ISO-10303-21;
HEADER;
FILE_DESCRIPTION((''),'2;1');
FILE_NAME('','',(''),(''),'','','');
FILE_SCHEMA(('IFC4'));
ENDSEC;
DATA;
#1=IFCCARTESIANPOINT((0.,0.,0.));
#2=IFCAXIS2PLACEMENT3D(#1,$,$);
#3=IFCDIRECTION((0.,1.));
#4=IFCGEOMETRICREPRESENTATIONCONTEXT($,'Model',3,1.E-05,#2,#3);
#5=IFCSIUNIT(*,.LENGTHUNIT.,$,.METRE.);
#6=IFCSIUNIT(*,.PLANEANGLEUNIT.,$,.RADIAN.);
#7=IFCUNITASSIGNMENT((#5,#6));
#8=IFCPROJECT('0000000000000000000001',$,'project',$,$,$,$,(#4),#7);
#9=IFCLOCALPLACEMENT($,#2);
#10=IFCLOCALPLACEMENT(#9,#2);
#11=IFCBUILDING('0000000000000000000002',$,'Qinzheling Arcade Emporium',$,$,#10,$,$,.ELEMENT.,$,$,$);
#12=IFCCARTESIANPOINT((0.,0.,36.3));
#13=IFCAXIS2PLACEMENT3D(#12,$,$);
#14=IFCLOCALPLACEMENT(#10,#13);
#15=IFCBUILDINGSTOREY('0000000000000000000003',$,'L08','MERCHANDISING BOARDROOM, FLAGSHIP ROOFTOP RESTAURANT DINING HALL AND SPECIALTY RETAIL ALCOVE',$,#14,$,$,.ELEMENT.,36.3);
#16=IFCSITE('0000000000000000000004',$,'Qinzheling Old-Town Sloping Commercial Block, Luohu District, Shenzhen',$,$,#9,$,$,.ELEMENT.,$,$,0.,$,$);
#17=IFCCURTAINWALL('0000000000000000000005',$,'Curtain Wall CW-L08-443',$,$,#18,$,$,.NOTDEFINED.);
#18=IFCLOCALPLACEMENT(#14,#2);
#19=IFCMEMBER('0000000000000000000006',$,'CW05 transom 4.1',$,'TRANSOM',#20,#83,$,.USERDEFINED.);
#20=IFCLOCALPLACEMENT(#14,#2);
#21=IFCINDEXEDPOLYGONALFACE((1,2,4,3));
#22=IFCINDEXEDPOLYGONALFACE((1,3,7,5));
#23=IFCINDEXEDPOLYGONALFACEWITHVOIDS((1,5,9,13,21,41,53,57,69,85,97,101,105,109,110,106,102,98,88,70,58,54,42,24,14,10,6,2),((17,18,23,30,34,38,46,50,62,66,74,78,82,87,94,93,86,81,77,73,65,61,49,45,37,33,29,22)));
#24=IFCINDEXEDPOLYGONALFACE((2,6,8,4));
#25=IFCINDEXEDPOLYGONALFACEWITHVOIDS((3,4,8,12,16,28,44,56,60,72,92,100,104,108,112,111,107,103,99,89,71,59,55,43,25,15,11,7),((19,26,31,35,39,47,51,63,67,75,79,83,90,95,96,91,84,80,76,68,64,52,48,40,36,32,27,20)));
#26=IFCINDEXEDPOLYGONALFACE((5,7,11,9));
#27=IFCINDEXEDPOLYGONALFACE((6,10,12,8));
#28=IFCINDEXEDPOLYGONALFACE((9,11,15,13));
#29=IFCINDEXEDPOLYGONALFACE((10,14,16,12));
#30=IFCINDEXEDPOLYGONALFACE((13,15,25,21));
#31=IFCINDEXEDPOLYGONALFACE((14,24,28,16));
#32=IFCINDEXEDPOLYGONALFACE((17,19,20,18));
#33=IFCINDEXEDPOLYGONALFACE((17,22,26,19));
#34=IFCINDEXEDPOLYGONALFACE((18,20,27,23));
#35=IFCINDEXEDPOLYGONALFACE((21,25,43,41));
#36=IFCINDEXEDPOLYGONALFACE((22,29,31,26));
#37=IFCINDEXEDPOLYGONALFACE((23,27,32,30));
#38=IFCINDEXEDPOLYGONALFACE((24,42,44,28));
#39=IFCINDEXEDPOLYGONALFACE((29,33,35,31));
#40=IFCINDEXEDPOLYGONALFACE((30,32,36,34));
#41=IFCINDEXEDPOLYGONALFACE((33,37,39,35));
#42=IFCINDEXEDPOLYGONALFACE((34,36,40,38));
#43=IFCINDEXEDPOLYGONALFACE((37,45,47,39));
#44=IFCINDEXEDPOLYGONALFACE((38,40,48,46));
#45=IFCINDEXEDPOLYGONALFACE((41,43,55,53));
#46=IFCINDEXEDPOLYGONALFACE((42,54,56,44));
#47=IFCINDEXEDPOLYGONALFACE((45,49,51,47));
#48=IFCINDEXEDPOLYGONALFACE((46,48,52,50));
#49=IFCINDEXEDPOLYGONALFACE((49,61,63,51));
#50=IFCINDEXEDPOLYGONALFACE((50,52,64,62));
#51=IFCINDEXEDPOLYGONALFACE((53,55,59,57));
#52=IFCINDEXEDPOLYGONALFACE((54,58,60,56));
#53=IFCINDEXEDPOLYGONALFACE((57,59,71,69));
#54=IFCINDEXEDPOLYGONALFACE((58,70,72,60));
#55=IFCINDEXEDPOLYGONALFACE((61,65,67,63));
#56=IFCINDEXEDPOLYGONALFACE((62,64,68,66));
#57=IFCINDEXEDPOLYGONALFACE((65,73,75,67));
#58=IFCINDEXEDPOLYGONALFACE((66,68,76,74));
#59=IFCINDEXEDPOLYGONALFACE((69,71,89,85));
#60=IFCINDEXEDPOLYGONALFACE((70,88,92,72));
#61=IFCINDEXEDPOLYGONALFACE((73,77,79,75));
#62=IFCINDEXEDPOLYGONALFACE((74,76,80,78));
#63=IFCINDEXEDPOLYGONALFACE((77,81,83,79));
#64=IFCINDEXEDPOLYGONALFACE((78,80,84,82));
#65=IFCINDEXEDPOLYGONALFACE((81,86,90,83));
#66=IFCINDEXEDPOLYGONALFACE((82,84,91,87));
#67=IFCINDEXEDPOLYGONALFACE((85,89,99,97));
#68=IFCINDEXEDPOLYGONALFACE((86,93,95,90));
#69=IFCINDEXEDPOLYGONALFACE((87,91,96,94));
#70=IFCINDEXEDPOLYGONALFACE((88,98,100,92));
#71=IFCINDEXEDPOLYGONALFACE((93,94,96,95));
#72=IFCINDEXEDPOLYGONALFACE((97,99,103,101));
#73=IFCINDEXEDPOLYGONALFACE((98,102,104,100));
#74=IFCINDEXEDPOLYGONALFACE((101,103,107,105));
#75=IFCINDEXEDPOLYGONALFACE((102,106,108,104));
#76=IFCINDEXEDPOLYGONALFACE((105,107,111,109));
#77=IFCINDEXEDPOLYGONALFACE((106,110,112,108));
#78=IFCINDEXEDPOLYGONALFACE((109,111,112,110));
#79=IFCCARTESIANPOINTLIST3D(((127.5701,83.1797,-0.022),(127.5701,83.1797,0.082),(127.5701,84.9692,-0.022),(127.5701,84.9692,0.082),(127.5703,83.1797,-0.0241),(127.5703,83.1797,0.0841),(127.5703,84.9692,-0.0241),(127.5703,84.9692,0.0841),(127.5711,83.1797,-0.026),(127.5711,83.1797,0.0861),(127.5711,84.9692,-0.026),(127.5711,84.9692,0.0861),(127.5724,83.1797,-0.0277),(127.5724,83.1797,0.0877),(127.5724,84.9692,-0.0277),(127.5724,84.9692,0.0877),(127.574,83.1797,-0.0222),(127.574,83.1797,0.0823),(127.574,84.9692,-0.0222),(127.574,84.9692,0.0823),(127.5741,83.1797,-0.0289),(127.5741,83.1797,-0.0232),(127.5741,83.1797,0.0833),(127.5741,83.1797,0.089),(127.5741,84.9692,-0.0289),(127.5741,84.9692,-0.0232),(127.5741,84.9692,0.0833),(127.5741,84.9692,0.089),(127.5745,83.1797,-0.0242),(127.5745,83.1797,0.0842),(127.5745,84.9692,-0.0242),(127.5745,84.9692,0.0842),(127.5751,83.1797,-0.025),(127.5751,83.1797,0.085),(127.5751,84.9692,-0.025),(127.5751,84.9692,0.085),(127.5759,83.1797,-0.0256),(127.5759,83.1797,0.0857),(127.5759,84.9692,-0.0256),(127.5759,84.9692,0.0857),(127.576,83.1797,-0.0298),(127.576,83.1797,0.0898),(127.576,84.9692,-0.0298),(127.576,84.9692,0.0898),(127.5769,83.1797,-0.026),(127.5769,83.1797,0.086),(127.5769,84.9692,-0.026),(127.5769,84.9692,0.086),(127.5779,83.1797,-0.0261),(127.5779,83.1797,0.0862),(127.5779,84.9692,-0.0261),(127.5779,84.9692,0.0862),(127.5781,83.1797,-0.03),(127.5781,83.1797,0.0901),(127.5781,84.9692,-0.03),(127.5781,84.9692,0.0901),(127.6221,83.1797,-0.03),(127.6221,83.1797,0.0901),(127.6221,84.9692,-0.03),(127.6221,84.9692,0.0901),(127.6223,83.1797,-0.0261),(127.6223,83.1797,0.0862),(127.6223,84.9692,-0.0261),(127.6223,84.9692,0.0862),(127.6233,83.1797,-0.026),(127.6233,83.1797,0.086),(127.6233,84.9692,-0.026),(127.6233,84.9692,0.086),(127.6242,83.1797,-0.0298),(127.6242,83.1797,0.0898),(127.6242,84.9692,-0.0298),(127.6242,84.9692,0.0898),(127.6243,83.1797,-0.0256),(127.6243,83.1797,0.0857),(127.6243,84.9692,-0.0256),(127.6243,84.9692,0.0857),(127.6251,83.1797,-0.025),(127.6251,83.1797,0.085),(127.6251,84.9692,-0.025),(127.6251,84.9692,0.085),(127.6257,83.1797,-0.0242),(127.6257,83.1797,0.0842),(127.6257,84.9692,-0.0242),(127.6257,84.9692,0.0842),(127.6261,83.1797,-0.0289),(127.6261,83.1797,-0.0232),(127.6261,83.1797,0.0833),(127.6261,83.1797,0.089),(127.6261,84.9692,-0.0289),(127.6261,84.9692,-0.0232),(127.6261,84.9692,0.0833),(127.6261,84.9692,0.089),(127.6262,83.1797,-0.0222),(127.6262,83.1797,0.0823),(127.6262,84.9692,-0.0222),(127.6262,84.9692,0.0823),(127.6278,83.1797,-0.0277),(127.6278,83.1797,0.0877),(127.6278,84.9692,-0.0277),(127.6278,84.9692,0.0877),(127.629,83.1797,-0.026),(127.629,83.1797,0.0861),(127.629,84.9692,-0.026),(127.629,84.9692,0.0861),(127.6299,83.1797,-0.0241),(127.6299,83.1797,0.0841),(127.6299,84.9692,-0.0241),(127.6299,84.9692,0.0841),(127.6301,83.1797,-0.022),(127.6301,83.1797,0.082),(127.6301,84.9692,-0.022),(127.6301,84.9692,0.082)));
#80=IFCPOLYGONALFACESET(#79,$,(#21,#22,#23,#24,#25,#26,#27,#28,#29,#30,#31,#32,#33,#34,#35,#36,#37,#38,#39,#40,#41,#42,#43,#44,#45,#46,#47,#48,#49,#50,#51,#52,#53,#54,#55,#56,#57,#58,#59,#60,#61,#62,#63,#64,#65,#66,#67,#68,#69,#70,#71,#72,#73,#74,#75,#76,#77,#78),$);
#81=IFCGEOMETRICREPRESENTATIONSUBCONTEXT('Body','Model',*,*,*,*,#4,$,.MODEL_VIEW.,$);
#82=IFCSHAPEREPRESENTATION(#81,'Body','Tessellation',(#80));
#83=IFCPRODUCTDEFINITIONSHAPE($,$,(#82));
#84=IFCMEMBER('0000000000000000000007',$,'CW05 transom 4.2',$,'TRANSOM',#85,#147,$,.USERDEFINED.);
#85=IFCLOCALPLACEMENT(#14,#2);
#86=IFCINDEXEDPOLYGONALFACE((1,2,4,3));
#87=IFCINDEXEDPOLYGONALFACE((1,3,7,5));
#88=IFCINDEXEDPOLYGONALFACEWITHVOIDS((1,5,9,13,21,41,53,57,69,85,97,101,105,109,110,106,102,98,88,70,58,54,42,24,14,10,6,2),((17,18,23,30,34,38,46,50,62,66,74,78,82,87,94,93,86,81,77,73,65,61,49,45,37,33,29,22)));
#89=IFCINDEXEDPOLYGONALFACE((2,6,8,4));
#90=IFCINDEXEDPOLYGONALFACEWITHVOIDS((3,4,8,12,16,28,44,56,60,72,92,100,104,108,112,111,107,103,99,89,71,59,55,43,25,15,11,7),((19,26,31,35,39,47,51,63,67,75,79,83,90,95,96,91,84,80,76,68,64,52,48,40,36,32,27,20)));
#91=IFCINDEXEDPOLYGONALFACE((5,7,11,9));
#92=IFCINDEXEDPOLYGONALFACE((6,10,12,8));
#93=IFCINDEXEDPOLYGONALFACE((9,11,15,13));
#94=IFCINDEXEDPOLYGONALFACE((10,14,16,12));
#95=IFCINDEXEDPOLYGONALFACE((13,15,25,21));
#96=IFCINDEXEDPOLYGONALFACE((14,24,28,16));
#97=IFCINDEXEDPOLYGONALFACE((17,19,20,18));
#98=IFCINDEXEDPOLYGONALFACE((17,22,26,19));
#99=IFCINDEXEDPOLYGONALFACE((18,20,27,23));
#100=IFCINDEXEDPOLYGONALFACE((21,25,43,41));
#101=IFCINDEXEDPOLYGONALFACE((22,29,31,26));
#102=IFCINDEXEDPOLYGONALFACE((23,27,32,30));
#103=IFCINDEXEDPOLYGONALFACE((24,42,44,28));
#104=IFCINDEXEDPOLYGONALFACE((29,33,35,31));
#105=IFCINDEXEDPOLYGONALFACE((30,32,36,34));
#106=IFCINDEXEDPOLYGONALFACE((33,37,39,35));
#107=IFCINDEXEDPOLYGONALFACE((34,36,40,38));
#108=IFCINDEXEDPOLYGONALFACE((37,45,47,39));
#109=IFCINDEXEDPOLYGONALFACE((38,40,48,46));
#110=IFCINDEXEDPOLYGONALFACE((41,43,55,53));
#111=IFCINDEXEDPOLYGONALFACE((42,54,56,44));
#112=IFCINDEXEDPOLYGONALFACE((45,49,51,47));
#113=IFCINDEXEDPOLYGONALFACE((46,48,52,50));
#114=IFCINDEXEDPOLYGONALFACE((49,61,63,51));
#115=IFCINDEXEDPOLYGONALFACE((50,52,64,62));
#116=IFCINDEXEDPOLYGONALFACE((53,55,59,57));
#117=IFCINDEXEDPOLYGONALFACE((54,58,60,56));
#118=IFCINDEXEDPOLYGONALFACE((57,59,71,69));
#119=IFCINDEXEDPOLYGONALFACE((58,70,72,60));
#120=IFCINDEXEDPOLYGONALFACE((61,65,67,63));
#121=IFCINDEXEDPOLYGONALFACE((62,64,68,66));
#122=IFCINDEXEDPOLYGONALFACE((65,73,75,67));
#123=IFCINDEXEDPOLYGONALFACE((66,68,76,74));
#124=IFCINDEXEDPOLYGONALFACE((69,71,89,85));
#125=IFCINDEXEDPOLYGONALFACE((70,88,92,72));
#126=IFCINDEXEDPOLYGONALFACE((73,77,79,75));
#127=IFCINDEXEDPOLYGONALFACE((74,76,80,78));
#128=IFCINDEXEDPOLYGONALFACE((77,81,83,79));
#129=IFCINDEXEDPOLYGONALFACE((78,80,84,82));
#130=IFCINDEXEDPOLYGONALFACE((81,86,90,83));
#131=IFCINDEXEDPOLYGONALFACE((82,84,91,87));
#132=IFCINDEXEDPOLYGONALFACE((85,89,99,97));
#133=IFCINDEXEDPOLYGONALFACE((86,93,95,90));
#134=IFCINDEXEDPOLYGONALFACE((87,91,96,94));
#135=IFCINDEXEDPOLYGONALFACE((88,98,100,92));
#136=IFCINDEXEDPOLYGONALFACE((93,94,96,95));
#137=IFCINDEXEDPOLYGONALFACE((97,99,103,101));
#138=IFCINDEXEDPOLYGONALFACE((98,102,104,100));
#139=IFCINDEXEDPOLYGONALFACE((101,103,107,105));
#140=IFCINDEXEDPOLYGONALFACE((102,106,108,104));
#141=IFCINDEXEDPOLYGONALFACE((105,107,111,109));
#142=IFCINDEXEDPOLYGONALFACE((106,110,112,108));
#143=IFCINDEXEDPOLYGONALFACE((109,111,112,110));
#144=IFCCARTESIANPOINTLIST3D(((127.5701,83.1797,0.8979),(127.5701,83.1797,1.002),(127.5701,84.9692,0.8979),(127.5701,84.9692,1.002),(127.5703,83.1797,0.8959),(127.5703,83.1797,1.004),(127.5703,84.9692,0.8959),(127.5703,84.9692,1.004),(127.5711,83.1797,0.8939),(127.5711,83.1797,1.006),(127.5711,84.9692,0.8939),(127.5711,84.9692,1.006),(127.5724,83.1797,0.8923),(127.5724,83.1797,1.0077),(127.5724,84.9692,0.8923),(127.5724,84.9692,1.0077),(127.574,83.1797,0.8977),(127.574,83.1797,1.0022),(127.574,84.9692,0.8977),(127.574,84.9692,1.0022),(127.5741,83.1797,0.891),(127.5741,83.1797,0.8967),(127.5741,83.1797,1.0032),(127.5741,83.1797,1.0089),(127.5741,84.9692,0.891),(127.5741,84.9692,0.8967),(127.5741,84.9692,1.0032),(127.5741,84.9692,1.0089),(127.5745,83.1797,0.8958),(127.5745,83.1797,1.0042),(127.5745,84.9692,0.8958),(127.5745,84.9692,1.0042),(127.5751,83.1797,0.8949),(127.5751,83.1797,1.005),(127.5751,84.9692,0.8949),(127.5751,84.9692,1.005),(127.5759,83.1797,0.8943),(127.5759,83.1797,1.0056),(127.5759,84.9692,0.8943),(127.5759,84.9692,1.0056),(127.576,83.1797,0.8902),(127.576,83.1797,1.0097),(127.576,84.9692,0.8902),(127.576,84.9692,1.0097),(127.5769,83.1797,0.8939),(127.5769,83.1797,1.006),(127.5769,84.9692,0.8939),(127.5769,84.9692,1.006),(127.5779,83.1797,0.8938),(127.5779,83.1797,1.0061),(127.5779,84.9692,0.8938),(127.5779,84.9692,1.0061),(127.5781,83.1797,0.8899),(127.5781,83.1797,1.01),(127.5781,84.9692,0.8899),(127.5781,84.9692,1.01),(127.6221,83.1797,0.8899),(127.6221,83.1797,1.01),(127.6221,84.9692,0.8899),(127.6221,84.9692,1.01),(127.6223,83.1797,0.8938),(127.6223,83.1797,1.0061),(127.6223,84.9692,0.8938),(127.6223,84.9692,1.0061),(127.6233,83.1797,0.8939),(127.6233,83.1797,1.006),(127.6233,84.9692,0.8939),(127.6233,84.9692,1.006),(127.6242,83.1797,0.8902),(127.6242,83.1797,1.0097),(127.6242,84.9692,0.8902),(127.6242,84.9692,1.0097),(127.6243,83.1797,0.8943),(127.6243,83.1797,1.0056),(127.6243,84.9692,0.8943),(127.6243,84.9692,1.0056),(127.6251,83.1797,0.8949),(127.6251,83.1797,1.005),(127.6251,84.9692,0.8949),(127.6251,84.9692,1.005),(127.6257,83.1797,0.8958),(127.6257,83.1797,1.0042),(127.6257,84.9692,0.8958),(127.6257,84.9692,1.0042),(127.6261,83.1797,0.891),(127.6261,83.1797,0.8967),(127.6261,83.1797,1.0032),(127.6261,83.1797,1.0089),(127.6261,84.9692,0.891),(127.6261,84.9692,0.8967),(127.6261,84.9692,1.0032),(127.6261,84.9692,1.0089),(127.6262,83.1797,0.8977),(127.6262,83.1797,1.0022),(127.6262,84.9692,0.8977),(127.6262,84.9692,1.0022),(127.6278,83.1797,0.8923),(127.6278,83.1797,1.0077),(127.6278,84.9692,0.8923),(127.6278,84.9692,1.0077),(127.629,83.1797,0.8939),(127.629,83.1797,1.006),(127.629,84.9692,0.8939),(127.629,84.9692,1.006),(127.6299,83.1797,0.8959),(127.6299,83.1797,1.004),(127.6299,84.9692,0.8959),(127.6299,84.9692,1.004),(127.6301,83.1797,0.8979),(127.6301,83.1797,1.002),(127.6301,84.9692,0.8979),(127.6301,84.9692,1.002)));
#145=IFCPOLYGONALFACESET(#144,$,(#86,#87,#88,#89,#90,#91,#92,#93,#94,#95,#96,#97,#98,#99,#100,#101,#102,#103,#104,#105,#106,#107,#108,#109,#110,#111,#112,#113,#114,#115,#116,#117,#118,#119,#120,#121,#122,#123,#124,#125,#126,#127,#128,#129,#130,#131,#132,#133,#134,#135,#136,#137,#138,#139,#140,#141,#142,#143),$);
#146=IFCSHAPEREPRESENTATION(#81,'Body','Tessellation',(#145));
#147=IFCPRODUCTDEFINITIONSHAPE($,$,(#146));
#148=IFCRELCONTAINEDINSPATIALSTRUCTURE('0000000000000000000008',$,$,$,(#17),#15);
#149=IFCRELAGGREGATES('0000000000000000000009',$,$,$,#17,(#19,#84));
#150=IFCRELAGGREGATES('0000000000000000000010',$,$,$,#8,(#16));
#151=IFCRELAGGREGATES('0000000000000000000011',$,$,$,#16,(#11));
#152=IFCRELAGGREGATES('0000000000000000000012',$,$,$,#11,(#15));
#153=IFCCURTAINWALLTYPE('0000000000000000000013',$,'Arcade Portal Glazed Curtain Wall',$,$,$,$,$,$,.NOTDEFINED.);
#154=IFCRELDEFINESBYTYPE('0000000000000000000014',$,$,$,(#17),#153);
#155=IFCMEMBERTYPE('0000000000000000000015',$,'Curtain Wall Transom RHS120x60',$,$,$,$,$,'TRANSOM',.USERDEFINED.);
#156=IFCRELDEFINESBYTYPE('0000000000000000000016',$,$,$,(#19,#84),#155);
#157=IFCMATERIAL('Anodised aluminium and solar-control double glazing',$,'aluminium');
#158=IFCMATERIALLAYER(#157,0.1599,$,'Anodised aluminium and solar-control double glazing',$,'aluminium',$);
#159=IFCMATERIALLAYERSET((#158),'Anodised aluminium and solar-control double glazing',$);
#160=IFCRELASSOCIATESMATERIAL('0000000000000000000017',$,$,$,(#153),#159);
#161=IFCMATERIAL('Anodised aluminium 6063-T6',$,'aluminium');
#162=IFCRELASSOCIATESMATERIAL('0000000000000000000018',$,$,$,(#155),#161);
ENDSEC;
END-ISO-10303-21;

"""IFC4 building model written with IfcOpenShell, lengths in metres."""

from ifc_helpers import new_model, si_unit, direction, frame, origin, origin_2d, place, context, subcontext, project, spatial, hollow_rectangle, extrude, material, layer, layer_set, material_profile, profile_set, type_object, element, aggregate, save


model = new_model("IFC4")

# Units and contexts
model_context = context("Model", 3, precision=1e-05, world=origin(), true_north=direction((0.0, 1.0)))
body_context = subcontext(model_context, "Body", "Model", "MODEL_VIEW")
ifc_project = project(units=[si_unit("LENGTHUNIT", "METRE"), si_unit("PLANEANGLEUNIT", "RADIAN")], contexts=[model_context])

# Site, building, storey
site_placement = place(None, origin())
site = spatial("IfcSite", under=ifc_project, at=site_placement, Name="Qinzheling Old-Town Sloping Commercial Block, Luohu District, Shenzhen", CompositionType="ELEMENT", RefElevation=0.0)
building_placement = place(site_placement, origin())
building = spatial("IfcBuilding", under=site, at=building_placement, Name="Qinzheling Arcade Emporium", CompositionType="ELEMENT")
storey_placement = place(building_placement, frame((0.0, 0.0, 36.3)))
storey = spatial("IfcBuildingStorey", under=building, at=storey_placement, Name="L08", Description="MERCHANDISING BOARDROOM, FLAGSHIP ROOFTOP RESTAURANT DINING HALL AND SPECIALTY RETAIL ALCOVE", CompositionType="ELEMENT", Elevation=36.3)

# Curtain wall, members
ifc_material_1 = material(Name="Anodised aluminium and solar-control double glazing", Category="aluminium")
ifc_layer_1 = layer(ifc_material_1, 0.1599, Name="Anodised aluminium and solar-control double glazing", Category="aluminium")
ifc_layer_set_1 = layer_set([ifc_layer_1], Name="Anodised aluminium and solar-control double glazing")
curtain_wall_type = type_object("IfcCurtainWallType", Name="Arcade Portal Glazed Curtain Wall", PredefinedType="NOTDEFINED", material=ifc_layer_set_1)
curtain_wall_placement = place(storey_placement, origin())
curtain_wall = element("IfcCurtainWall", 1, at=curtain_wall_placement, inside=storey, type_object=curtain_wall_type, Name="Curtain Wall CW-L08-443", PredefinedType="NOTDEFINED")
ifc_material_2 = material(Name="Anodised aluminium 6063-T6", Category="aluminium")
ifc_material_profile_1 = material_profile(ifc_material_2, hollow_rectangle(XDim=0.0601, YDim=0.1201, WallThickness=0.0039, InnerFilletRadius=0.0039, OuterFilletRadius=0.0081, at=origin_2d()), Name="RHS 120x60x4", Category="aluminium")
ifc_profile_set_1 = profile_set([ifc_material_profile_1], Name="Anodised aluminium 6063-T6")
member_type_1 = type_object("IfcMemberType", Name="Curtain Wall Transom RHS120x60", ElementType="TRANSOM", PredefinedType="USERDEFINED", material=ifc_profile_set_1)
member_1_placement = place(storey_placement, frame((127.6001, 84.9692, 0.03), z_axis=(0.0, -1.0, 0.0), x_axis=(1.0, 0.0, 0.0)))
member_1 = element("IfcMember", 2, at=member_1_placement, type_object=member_type_1, Name="CW05 transom 4.1", ObjectType="TRANSOM", PredefinedType="USERDEFINED", context=body_context, shape_type="SweptSolid", body=[
    extrude(hollow_rectangle(XDim=0.0601, YDim=0.1201, WallThickness=0.0039, InnerFilletRadius=0.0039, OuterFilletRadius=0.0081, at=origin_2d()), origin(), (0.0, 0.0, 1.0), 1.7896),
])
member_2_placement = place(storey_placement, frame((127.6001, 84.9692, 0.95), z_axis=(0.0, -1.0, 0.0), x_axis=(1.0, 0.0, 0.0)))
member_2 = element("IfcMember", 3, at=member_2_placement, type_object=member_type_1, Name="CW05 transom 4.2", ObjectType="TRANSOM", PredefinedType="USERDEFINED", context=body_context, shape_type="SweptSolid", body=[
    extrude(hollow_rectangle(XDim=0.0601, YDim=0.1201, WallThickness=0.0039, InnerFilletRadius=0.0039, OuterFilletRadius=0.0081, at=origin_2d()), origin(), (0.0, 0.0, 1.0), 1.7896),
])

aggregate(curtain_wall, [member_1, member_2])

save(model, "model.ifc")
